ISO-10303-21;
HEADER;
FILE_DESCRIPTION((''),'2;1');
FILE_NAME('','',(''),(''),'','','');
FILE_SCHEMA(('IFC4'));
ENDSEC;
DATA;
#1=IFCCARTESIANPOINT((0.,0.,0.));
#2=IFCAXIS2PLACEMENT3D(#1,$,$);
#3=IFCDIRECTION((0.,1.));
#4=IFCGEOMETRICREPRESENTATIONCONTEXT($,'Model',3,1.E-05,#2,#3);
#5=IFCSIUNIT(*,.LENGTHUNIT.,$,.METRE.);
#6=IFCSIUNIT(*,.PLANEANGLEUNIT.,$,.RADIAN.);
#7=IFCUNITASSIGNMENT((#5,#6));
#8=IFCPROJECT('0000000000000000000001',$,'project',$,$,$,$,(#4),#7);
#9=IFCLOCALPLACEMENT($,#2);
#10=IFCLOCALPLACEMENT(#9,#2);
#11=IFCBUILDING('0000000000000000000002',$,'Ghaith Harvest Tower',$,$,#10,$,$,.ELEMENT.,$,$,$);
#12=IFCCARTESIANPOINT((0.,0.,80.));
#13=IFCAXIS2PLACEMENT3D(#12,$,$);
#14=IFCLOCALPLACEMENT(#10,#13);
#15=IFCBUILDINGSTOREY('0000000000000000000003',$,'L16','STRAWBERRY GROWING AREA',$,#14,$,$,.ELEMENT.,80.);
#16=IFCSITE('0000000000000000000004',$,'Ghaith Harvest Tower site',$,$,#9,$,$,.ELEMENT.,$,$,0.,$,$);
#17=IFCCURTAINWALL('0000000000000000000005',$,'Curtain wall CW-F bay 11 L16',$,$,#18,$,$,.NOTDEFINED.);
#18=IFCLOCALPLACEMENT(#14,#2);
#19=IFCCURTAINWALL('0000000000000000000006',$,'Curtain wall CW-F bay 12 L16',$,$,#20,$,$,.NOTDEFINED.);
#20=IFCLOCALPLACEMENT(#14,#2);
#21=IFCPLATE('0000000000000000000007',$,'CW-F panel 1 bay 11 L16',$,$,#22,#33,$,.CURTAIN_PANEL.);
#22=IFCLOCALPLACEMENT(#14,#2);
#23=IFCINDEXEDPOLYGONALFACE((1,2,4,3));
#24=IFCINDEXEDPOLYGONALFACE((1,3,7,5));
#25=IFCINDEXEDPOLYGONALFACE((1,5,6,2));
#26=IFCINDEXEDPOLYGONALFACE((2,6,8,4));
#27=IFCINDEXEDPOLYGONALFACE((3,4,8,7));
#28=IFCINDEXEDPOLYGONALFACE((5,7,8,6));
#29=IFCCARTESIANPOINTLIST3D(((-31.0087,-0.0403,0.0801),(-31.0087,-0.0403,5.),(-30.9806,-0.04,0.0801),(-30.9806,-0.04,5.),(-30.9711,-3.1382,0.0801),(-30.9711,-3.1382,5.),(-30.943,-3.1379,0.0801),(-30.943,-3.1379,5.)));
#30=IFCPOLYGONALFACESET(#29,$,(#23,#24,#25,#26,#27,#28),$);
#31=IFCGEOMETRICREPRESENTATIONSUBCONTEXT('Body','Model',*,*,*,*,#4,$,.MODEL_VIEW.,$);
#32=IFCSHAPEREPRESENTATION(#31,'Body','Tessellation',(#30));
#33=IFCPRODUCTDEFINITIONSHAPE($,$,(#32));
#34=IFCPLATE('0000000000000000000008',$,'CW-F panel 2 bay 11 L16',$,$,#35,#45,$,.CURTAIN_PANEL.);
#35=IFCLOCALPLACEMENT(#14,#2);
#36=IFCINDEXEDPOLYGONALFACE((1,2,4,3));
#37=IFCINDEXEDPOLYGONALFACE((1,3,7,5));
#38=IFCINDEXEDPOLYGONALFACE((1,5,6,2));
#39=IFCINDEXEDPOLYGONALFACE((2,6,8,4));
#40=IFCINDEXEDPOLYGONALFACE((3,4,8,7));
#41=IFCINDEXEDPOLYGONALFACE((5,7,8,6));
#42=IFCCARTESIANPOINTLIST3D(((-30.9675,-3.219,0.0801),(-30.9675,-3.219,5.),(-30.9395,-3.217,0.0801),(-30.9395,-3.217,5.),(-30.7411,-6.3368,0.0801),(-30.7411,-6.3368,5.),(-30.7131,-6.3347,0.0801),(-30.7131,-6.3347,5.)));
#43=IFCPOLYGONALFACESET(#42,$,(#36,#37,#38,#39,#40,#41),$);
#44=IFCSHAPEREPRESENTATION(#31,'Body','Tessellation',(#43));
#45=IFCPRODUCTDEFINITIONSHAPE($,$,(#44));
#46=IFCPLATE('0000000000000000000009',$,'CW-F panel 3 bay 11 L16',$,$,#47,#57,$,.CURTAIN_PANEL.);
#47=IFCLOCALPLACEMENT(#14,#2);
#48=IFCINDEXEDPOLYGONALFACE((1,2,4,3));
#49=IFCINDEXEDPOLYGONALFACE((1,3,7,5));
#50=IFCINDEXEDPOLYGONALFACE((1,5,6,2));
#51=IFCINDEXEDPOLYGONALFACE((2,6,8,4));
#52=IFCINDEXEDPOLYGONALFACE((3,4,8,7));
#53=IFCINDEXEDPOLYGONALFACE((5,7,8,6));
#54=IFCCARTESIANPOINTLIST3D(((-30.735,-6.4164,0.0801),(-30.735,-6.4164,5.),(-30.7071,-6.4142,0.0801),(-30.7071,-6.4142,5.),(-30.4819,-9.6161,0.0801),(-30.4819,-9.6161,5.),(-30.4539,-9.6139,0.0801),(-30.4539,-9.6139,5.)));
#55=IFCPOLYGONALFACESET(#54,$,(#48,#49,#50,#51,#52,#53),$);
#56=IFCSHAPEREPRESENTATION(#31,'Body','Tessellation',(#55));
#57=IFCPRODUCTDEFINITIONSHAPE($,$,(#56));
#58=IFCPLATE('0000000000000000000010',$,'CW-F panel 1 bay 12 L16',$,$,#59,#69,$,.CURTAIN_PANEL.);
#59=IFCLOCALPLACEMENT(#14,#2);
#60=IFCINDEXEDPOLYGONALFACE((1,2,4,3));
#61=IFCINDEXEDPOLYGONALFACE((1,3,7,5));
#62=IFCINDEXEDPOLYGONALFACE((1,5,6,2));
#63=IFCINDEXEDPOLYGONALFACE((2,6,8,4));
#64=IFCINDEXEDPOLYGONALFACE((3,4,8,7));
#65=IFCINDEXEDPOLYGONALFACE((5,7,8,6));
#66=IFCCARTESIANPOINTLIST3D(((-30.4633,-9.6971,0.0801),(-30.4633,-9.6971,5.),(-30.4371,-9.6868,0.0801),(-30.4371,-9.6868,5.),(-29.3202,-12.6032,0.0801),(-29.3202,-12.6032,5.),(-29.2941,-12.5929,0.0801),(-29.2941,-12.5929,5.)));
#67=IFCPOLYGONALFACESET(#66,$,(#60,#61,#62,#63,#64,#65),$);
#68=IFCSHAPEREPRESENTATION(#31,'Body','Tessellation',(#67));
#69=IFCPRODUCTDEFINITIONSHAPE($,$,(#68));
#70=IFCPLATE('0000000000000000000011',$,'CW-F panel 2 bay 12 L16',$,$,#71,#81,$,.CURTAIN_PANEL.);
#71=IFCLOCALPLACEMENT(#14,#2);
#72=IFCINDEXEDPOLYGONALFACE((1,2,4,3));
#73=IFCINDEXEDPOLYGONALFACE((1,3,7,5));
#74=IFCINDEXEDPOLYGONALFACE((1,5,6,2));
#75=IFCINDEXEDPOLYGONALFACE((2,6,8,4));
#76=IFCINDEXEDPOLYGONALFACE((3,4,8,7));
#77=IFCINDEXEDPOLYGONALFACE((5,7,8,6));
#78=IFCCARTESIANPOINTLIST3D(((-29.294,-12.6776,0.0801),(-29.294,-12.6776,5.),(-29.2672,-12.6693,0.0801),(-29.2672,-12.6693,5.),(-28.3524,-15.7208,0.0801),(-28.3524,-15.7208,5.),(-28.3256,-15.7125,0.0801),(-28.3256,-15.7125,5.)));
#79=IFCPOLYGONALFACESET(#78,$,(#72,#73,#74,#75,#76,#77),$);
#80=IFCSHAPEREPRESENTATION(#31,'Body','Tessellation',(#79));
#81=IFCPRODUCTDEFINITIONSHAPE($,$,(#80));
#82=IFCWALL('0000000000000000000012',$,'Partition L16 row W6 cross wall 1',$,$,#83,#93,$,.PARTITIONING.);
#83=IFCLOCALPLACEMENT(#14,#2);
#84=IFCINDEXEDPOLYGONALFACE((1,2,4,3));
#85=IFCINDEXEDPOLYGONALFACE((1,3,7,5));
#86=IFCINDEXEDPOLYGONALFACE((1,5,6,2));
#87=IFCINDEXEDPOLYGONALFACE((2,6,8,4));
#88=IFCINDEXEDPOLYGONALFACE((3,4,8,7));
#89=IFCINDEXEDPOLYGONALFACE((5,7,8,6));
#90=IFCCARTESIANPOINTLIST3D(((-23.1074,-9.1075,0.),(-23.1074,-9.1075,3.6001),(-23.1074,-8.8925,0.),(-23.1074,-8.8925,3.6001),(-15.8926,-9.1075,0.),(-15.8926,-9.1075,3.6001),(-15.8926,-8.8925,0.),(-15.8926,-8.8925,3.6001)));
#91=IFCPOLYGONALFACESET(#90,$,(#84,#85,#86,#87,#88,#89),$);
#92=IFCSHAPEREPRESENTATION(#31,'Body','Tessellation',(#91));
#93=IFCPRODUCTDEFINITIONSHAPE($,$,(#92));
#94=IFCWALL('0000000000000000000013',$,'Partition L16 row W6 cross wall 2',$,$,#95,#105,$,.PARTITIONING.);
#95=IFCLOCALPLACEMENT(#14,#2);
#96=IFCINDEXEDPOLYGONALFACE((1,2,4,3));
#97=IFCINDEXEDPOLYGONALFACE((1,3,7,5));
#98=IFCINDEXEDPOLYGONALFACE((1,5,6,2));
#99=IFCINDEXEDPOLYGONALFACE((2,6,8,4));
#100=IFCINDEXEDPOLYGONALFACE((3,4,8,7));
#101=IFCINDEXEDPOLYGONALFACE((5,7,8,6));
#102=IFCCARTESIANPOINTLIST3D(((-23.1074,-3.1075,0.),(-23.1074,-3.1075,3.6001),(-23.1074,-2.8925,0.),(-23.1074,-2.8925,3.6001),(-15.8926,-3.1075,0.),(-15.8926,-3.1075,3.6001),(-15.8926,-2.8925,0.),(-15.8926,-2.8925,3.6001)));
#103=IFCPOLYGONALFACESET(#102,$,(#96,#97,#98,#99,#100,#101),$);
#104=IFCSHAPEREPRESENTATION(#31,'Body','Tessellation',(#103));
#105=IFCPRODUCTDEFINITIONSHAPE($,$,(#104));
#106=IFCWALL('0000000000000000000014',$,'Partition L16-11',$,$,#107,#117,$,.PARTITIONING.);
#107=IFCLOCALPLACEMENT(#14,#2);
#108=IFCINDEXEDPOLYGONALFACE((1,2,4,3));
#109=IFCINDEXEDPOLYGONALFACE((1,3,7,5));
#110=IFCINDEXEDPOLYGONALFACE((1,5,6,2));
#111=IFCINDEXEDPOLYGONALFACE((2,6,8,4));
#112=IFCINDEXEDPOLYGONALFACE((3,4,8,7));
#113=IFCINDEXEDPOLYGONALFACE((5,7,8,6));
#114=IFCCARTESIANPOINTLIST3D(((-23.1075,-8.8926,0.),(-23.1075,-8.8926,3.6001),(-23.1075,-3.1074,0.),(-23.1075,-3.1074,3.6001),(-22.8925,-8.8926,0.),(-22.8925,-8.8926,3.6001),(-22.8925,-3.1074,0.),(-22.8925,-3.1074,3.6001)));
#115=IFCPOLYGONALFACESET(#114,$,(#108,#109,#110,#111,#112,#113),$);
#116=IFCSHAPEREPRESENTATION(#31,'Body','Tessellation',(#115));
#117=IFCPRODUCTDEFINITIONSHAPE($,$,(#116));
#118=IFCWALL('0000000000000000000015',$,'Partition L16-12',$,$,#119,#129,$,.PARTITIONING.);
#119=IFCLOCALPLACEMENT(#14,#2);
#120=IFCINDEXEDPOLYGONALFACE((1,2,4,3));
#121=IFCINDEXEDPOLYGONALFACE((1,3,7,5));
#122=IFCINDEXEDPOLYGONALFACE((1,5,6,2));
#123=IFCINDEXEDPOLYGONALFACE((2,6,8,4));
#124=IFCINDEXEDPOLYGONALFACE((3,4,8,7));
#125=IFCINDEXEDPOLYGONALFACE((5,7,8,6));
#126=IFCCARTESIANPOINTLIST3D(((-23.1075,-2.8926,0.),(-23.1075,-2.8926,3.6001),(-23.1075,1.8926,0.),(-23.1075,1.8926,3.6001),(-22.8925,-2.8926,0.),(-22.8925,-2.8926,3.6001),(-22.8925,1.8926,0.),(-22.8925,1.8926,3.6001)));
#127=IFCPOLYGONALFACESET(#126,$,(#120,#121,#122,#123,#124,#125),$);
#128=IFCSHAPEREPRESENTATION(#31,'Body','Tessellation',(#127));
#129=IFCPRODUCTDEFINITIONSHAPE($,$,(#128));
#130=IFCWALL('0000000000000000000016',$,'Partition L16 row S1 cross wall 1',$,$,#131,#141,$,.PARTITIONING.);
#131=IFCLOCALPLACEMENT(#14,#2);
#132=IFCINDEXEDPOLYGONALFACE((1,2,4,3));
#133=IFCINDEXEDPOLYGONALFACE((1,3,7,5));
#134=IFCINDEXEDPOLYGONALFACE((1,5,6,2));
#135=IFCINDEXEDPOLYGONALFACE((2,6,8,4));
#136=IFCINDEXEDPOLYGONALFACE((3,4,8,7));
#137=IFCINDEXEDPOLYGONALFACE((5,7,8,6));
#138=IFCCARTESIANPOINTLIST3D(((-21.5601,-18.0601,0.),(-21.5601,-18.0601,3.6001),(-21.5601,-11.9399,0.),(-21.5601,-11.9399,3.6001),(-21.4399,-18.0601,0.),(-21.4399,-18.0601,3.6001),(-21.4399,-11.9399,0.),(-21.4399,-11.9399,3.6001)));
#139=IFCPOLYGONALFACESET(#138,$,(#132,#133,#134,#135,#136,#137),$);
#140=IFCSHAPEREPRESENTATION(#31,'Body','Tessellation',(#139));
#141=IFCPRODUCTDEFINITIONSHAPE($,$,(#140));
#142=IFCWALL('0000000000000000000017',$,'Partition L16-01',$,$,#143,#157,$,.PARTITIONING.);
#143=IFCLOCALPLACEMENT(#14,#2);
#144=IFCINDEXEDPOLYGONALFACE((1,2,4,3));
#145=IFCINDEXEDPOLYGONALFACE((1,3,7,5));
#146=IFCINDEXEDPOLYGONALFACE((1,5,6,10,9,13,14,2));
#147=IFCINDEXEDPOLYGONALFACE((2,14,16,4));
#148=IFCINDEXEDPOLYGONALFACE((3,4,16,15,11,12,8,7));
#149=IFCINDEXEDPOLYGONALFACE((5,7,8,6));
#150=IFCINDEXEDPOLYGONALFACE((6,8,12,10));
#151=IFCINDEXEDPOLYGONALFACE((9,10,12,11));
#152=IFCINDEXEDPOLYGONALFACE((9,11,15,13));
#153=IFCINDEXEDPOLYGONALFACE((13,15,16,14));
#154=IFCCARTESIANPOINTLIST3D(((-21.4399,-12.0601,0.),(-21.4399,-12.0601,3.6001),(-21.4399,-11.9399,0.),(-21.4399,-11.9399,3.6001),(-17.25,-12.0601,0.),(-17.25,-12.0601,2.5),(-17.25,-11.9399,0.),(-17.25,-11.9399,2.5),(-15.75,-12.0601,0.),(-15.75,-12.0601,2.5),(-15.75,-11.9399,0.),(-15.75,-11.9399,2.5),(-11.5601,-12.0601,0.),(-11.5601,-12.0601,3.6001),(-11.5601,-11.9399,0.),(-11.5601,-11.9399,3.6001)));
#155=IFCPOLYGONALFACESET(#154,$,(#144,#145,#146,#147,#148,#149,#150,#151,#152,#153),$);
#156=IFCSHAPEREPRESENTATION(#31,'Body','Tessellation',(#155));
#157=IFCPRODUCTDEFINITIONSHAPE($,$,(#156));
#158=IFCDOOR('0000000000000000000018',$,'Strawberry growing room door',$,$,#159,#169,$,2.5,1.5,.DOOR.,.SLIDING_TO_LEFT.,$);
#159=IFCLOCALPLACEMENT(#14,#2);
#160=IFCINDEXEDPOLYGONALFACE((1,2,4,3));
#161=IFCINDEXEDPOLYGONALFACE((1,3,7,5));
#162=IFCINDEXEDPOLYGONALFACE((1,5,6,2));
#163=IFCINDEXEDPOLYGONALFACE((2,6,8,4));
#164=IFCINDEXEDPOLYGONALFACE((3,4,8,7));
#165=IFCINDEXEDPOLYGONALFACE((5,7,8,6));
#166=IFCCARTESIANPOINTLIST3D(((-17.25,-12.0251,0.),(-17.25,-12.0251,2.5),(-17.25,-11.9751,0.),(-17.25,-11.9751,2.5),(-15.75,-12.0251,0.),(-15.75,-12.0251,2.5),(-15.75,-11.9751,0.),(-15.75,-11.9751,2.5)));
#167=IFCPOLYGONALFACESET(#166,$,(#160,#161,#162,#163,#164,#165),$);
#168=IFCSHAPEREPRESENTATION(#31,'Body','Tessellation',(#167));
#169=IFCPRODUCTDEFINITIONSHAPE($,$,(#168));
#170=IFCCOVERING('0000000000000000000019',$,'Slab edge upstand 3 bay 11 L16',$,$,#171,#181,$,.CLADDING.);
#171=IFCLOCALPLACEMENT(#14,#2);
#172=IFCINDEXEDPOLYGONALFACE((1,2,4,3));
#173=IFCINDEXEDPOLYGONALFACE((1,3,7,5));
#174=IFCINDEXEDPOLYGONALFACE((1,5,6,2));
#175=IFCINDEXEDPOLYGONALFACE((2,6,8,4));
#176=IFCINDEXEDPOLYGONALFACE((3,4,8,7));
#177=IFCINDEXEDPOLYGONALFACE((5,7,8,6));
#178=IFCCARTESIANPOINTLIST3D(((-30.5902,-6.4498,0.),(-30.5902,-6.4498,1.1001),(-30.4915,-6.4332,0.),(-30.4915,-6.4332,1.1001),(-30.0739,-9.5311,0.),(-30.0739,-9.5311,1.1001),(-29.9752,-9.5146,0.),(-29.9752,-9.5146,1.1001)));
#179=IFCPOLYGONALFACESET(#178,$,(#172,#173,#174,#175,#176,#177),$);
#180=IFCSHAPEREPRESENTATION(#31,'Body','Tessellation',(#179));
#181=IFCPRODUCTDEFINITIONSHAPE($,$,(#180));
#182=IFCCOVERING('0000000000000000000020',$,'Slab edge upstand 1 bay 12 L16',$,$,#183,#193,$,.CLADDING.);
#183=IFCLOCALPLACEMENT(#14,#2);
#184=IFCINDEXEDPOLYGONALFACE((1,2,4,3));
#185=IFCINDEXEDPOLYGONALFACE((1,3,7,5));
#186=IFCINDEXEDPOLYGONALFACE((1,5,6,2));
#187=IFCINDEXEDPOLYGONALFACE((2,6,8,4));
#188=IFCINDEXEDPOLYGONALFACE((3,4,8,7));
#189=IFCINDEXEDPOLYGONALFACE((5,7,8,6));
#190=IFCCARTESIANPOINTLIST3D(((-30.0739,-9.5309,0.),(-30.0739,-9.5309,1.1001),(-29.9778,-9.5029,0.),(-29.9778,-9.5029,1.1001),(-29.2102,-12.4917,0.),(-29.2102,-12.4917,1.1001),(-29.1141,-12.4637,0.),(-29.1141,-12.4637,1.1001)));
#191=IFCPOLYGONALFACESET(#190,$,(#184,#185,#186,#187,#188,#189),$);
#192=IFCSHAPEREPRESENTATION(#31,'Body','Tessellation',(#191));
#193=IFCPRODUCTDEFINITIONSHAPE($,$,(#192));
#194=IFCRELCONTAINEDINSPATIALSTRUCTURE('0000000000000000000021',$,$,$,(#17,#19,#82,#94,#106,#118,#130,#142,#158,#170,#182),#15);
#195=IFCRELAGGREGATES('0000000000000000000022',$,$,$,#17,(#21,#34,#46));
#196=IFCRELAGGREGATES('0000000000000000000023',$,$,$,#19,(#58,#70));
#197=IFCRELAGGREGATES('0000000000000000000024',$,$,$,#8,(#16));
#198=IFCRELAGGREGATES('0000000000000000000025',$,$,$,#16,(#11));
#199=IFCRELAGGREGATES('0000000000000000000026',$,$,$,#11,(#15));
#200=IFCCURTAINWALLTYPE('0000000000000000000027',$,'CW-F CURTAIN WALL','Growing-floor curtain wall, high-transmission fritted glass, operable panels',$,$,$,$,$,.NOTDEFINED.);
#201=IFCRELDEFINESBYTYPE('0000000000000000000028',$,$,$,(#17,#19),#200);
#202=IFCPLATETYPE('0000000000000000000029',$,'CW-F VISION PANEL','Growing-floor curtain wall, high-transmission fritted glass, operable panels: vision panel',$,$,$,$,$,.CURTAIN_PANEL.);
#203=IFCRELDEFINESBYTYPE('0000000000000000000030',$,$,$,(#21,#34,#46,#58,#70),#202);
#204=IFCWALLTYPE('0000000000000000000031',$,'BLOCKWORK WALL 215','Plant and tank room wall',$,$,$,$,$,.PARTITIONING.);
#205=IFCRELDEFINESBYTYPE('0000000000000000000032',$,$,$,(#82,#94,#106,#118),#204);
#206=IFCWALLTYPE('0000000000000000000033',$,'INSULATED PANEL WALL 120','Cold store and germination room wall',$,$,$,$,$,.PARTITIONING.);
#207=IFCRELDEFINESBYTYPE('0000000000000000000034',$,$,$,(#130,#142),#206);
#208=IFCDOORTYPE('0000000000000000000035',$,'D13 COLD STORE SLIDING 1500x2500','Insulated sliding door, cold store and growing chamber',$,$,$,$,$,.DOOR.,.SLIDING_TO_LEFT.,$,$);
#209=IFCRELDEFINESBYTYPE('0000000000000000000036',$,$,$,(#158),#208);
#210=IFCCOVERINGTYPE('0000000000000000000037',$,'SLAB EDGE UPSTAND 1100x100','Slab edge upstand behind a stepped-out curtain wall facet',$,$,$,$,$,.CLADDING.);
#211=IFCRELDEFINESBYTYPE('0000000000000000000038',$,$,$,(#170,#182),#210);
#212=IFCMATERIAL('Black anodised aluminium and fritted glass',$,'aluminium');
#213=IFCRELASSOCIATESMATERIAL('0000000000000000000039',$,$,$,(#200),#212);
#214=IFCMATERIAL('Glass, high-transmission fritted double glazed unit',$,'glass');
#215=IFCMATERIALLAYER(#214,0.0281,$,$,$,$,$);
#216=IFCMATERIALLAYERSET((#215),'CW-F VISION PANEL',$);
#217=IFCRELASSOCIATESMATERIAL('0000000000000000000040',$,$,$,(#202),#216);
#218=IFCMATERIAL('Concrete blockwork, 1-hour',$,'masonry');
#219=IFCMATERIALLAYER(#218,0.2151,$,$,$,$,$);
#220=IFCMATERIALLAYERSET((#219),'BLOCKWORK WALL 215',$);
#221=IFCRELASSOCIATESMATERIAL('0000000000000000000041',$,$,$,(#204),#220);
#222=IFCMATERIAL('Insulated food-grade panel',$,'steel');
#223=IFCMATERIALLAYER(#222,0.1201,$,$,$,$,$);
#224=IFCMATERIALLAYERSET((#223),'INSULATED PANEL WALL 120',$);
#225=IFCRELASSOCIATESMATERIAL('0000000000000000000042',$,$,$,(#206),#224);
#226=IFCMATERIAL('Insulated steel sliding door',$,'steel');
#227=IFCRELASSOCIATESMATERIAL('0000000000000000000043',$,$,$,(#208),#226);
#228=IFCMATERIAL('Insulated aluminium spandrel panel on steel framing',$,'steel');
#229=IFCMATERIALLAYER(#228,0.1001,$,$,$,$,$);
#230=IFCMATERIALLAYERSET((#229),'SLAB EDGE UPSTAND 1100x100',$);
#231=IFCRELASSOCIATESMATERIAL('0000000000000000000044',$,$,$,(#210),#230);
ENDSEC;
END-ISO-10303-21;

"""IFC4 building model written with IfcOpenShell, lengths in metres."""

from ifc_helpers import new_model, si_unit, direction, frame, frame_2d, origin, origin_2d, place, context, subcontext, project, spatial, rectangle, extrude, material, layer, layer_set, type_object, element, fill, aggregate, save


model = new_model("IFC4")

# Units and contexts
model_context = context("Model", 3, precision=1e-05, world=origin(), true_north=direction((0.0, 1.0)))
body_context = subcontext(model_context, "Body", "Model", "MODEL_VIEW")
ifc_project = project(units=[si_unit("LENGTHUNIT", "METRE"), si_unit("PLANEANGLEUNIT", "RADIAN")], contexts=[model_context])

# Site, building, storey
site_placement = place(None, origin())
site = spatial("IfcSite", under=ifc_project, at=site_placement, Name="Ghaith Harvest Tower site", CompositionType="ELEMENT", RefElevation=0.0)
building_placement = place(site_placement, origin())
building = spatial("IfcBuilding", under=site, at=building_placement, Name="Ghaith Harvest Tower", CompositionType="ELEMENT")
storey_placement = place(building_placement, frame((0.0, 0.0, 80.0)))
storey = spatial("IfcBuildingStorey", under=building, at=storey_placement, Name="L16", Description="STRAWBERRY GROWING AREA", CompositionType="ELEMENT", Elevation=80.0)

# Curtain walls
ifc_material_1 = material(Name="Black anodised aluminium and fritted glass", Category="aluminium")
curtain_wall_type = type_object("IfcCurtainWallType", Name="CW-F CURTAIN WALL", Description="Growing-floor curtain wall, high-transmission fritted glass, operable panels", PredefinedType="NOTDEFINED", material=ifc_material_1)
curtain_wall_1_placement = place(storey_placement, origin())
curtain_wall_1 = element("IfcCurtainWall", 1, at=curtain_wall_1_placement, inside=storey, type_object=curtain_wall_type, Name="Curtain wall CW-F bay 11 L16", PredefinedType="NOTDEFINED")
curtain_wall_2_placement = place(storey_placement, origin())
curtain_wall_2 = element("IfcCurtainWall", 2, at=curtain_wall_2_placement, inside=storey, type_object=curtain_wall_type, Name="Curtain wall CW-F bay 12 L16", PredefinedType="NOTDEFINED")

# Plates
ifc_material_2 = material(Name="Glass, high-transmission fritted double glazed unit", Category="glass")
ifc_layer_1 = layer(ifc_material_2, 0.0281)
ifc_layer_set_1 = layer_set([ifc_layer_1], Name="CW-F VISION PANEL")
plate_type = type_object("IfcPlateType", Name="CW-F VISION PANEL", Description="Growing-floor curtain wall, high-transmission fritted glass, operable panels: vision panel", PredefinedType="CURTAIN_PANEL", material=ifc_layer_set_1)
plate_1_placement = place(storey_placement, frame((-30.9758, -1.5891, 0.0801), z_axis=(0.0, 0.0, 1.0), x_axis=(0.012133, -0.999926, 0.0)))
plate_1 = element("IfcPlate", 3, at=plate_1_placement, type_object=plate_type, Name="CW-F panel 1 bay 11 L16", PredefinedType="CURTAIN_PANEL", context=body_context, shape_type="SweptSolid", body=[
    extrude(rectangle(XDim=3.0981, YDim=0.0281, at=origin_2d()), origin(), (0.0, 0.0, 1.0), 4.9199),
])
plate_2_placement = place(storey_placement, frame((-30.8403, -4.7769, 0.0801), z_axis=(0.0, 0.0, 1.0), x_axis=(0.072421, -0.997374, 0.0)))
plate_2 = element("IfcPlate", 4, at=plate_2_placement, type_object=plate_type, Name="CW-F panel 2 bay 11 L16", PredefinedType="CURTAIN_PANEL", context=body_context, shape_type="SweptSolid", body=[
    extrude(rectangle(XDim=3.126, YDim=0.0281, at=origin_2d()), origin(), (0.0, 0.0, 1.0), 4.9199),
])
plate_3_placement = place(storey_placement, frame((-30.5945, -8.0151, 0.0801), z_axis=(0.0, 0.0, 1.0), x_axis=(0.078867, -0.996885, 0.0)))
plate_3 = element("IfcPlate", 5, at=plate_3_placement, type_object=plate_type, Name="CW-F panel 3 bay 11 L16", PredefinedType="CURTAIN_PANEL", context=body_context, shape_type="SweptSolid", body=[
    extrude(rectangle(XDim=3.2097, YDim=0.0281, at=origin_2d()), origin(), (0.0, 0.0, 1.0), 4.9199),
])
aggregate(curtain_wall_1, [plate_1, plate_2, plate_3])
plate_4_placement = place(storey_placement, frame((-29.8787, -11.145, 0.0801), z_axis=(0.0, 0.0, 1.0), x_axis=(0.36604, -0.930599, 0.0)))
plate_4 = element("IfcPlate", 6, at=plate_4_placement, type_object=plate_type, Name="CW-F panel 1 bay 12 L16", PredefinedType="CURTAIN_PANEL", context=body_context, shape_type="SweptSolid", body=[
    extrude(rectangle(XDim=3.1228, YDim=0.0281, at=origin_2d()), origin(), (0.0, 0.0, 1.0), 4.9199),
])
plate_5_placement = place(storey_placement, frame((-28.8098, -14.1951, 0.0801), z_axis=(0.0, 0.0, 1.0), x_axis=(0.295583, -0.955317, 0.0)))
plate_5 = element("IfcPlate", 7, at=plate_5_placement, type_object=plate_type, Name="CW-F panel 2 bay 12 L16", PredefinedType="CURTAIN_PANEL", context=body_context, shape_type="SweptSolid", body=[
    extrude(rectangle(XDim=3.1855, YDim=0.0281, at=origin_2d()), origin(), (0.0, 0.0, 1.0), 4.9199),
])
aggregate(curtain_wall_2, [plate_4, plate_5])

# Walls
ifc_material_3 = material(Name="Concrete blockwork, 1-hour", Category="masonry")
ifc_layer_2 = layer(ifc_material_3, 0.2151)
ifc_layer_set_2 = layer_set([ifc_layer_2], Name="BLOCKWORK WALL 215")
wall_type_1 = type_object("IfcWallType", Name="BLOCKWORK WALL 215", Description="Plant and tank room wall", PredefinedType="PARTITIONING", material=ifc_layer_set_2)
for number, where, z_axis, x_axis, name in (
    (8, (-15.8926, -9.0, 0.0), (0.0, 0.0, 1.0), (-1.0, 0.0, 0.0), "Partition L16 row W6 cross wall 1"),
    (9, (-15.8926, -3.0, 0.0), (0.0, 0.0, 1.0), (-1.0, 0.0, 0.0), "Partition L16 row W6 cross wall 2"),
):
    element("IfcWall", number, at=place(storey_placement, frame(where, z_axis=z_axis, x_axis=x_axis)), inside=storey, type_object=wall_type_1, Name=name, PredefinedType="PARTITIONING", context=body_context, shape_type="SweptSolid", body=[
        extrude(rectangle(XDim=7.2148, YDim=0.2151, at=frame_2d((3.6074, 0.0))), origin(), (0.0, 0.0, 1.0), 3.6001),
    ])

# Wall
wall_1_placement = place(storey_placement, frame((-23.0, -8.8926, 0.0), z_axis=(0.0, 0.0, 1.0), x_axis=(0.0, 1.0, 0.0)))
element("IfcWall", 10, at=wall_1_placement, inside=storey, type_object=wall_type_1, Name="Partition L16-11", PredefinedType="PARTITIONING", context=body_context, shape_type="SweptSolid", body=[
    extrude(rectangle(XDim=5.7852, YDim=0.2151, at=frame_2d((2.8926, 0.0))), origin(), (0.0, 0.0, 1.0), 3.6001),
])

# Walls
wall_2_placement = place(storey_placement, frame((-23.0, -2.8926, 0.0), z_axis=(0.0, 0.0, 1.0), x_axis=(0.0, 1.0, 0.0)))
element("IfcWall", 11, at=wall_2_placement, inside=storey, type_object=wall_type_1, Name="Partition L16-12", PredefinedType="PARTITIONING", context=body_context, shape_type="SweptSolid", body=[
    extrude(rectangle(XDim=4.7852, YDim=0.2151, at=frame_2d((2.3926, 0.0))), origin(), (0.0, 0.0, 1.0), 3.6001),
])
ifc_material_4 = material(Name="Insulated food-grade panel", Category="steel")
ifc_layer_3 = layer(ifc_material_4, 0.1201)
ifc_layer_set_3 = layer_set([ifc_layer_3], Name="INSULATED PANEL WALL 120")
wall_type_2 = type_object("IfcWallType", Name="INSULATED PANEL WALL 120", Description="Cold store and germination room wall", PredefinedType="PARTITIONING", material=ifc_layer_set_3)
wall_3_placement = place(storey_placement, frame((-21.5, -11.9399, 0.0), z_axis=(0.0, 0.0, 1.0), x_axis=(0.0, -1.0, 0.0)))
element("IfcWall", 12, at=wall_3_placement, inside=storey, type_object=wall_type_2, Name="Partition L16 row S1 cross wall 1", PredefinedType="PARTITIONING", context=body_context, shape_type="SweptSolid", body=[
    extrude(rectangle(XDim=6.1201, YDim=0.1201, at=frame_2d((3.0601, 0.0))), origin(), (0.0, 0.0, 1.0), 3.6001),
])

# Wall, opening, door
wall_4_placement = place(storey_placement, frame((-21.4399, -12.0, 0.0), z_axis=(0.0, 0.0, 1.0), x_axis=(1.0, 0.0, 0.0)))
wall_4 = element("IfcWall", 13, at=wall_4_placement, inside=storey, type_object=wall_type_2, Name="Partition L16-01", PredefinedType="PARTITIONING", context=body_context, shape_type="SweptSolid", body=[
    extrude(rectangle(XDim=9.8799, YDim=0.1201, at=frame_2d((4.9399, 0.0))), origin(), (0.0, 0.0, 1.0), 3.6001),
])
opening_1_placement = place(wall_4_placement, frame((4.1899, 0.0, 0.0)))
opening_1 = element("IfcOpeningElement", 14, at=opening_1_placement, cuts=wall_4, PredefinedType="OPENING", context=body_context, shape_type="SweptSolid", body=[
    extrude(rectangle(XDim=1.5, YDim=2.5, at=frame_2d((0.75, 1.25))), frame((0.0, 0.0701, 0.0), z_axis=(0.0, -1.0, 0.0), x_axis=(1.0, 0.0, 0.0)), (0.0, 0.0, 1.0), 0.1401),
])
ifc_material_5 = material(Name="Insulated steel sliding door", Category="steel")
door_type_1 = type_object("IfcDoorType", Name="D13 COLD STORE SLIDING 1500x2500", Description="Insulated sliding door, cold store and growing chamber", OperationType="SLIDING_TO_LEFT", PredefinedType="DOOR", material=ifc_material_5)
door_1_placement = place(opening_1_placement, origin())
door_1 = element("IfcDoor", 15, at=door_1_placement, inside=storey, type_object=door_type_1, Name="Strawberry growing room door", OperationType="SLIDING_TO_LEFT", OverallHeight=2.5, OverallWidth=1.5, PredefinedType="DOOR", context=body_context, shape_type="SweptSolid", body=[
    extrude(rectangle(XDim=1.5, YDim=2.5, at=frame_2d((0.75, 1.25))), frame((0.0, 0.0249, 0.0), z_axis=(0.0, -1.0, 0.0), x_axis=(1.0, 0.0, 0.0)), (0.0, 0.0, 1.0), 0.05),
])
fill(opening_1, door_1)

# Coverings
ifc_material_6 = material(Name="Insulated aluminium spandrel panel on steel framing", Category="steel")
ifc_layer_4 = layer(ifc_material_6, 0.1001)
ifc_layer_set_4 = layer_set([ifc_layer_4], Name="SLAB EDGE UPSTAND 1100x100")
covering_type = type_object("IfcCoveringType", Name="SLAB EDGE UPSTAND 1100x100", Description="Slab edge upstand behind a stepped-out curtain wall facet", PredefinedType="CLADDING", material=ifc_layer_set_4)
covering_1_placement = place(storey_placement, frame((-30.2827, -7.9822, 0.0), z_axis=(0.0, 0.0, 1.0), x_axis=(0.165246, -0.986252, 0.0)))
element("IfcCovering", 16, at=covering_1_placement, inside=storey, type_object=covering_type, Name="Slab edge upstand 3 bay 11 L16", PredefinedType="CLADDING", context=body_context, shape_type="SweptSolid", body=[
    extrude(rectangle(XDim=3.1243, YDim=0.1001, at=origin_2d()), origin(), (0.0, 0.0, 1.0), 1.1001),
])
covering_2_placement = place(storey_placement, frame((-29.594, -10.9973, 0.0), z_axis=(0.0, 0.0, 1.0), x_axis=(0.280032, -0.959991, 0.0)))
element("IfcCovering", 17, at=covering_2_placement, inside=storey, type_object=covering_type, Name="Slab edge upstand 1 bay 12 L16", PredefinedType="CLADDING", context=body_context, shape_type="SweptSolid", body=[
    extrude(rectangle(XDim=3.0842, YDim=0.1001, at=origin_2d()), origin(), (0.0, 0.0, 1.0), 1.1001),
])

save(model, "model.ifc")
